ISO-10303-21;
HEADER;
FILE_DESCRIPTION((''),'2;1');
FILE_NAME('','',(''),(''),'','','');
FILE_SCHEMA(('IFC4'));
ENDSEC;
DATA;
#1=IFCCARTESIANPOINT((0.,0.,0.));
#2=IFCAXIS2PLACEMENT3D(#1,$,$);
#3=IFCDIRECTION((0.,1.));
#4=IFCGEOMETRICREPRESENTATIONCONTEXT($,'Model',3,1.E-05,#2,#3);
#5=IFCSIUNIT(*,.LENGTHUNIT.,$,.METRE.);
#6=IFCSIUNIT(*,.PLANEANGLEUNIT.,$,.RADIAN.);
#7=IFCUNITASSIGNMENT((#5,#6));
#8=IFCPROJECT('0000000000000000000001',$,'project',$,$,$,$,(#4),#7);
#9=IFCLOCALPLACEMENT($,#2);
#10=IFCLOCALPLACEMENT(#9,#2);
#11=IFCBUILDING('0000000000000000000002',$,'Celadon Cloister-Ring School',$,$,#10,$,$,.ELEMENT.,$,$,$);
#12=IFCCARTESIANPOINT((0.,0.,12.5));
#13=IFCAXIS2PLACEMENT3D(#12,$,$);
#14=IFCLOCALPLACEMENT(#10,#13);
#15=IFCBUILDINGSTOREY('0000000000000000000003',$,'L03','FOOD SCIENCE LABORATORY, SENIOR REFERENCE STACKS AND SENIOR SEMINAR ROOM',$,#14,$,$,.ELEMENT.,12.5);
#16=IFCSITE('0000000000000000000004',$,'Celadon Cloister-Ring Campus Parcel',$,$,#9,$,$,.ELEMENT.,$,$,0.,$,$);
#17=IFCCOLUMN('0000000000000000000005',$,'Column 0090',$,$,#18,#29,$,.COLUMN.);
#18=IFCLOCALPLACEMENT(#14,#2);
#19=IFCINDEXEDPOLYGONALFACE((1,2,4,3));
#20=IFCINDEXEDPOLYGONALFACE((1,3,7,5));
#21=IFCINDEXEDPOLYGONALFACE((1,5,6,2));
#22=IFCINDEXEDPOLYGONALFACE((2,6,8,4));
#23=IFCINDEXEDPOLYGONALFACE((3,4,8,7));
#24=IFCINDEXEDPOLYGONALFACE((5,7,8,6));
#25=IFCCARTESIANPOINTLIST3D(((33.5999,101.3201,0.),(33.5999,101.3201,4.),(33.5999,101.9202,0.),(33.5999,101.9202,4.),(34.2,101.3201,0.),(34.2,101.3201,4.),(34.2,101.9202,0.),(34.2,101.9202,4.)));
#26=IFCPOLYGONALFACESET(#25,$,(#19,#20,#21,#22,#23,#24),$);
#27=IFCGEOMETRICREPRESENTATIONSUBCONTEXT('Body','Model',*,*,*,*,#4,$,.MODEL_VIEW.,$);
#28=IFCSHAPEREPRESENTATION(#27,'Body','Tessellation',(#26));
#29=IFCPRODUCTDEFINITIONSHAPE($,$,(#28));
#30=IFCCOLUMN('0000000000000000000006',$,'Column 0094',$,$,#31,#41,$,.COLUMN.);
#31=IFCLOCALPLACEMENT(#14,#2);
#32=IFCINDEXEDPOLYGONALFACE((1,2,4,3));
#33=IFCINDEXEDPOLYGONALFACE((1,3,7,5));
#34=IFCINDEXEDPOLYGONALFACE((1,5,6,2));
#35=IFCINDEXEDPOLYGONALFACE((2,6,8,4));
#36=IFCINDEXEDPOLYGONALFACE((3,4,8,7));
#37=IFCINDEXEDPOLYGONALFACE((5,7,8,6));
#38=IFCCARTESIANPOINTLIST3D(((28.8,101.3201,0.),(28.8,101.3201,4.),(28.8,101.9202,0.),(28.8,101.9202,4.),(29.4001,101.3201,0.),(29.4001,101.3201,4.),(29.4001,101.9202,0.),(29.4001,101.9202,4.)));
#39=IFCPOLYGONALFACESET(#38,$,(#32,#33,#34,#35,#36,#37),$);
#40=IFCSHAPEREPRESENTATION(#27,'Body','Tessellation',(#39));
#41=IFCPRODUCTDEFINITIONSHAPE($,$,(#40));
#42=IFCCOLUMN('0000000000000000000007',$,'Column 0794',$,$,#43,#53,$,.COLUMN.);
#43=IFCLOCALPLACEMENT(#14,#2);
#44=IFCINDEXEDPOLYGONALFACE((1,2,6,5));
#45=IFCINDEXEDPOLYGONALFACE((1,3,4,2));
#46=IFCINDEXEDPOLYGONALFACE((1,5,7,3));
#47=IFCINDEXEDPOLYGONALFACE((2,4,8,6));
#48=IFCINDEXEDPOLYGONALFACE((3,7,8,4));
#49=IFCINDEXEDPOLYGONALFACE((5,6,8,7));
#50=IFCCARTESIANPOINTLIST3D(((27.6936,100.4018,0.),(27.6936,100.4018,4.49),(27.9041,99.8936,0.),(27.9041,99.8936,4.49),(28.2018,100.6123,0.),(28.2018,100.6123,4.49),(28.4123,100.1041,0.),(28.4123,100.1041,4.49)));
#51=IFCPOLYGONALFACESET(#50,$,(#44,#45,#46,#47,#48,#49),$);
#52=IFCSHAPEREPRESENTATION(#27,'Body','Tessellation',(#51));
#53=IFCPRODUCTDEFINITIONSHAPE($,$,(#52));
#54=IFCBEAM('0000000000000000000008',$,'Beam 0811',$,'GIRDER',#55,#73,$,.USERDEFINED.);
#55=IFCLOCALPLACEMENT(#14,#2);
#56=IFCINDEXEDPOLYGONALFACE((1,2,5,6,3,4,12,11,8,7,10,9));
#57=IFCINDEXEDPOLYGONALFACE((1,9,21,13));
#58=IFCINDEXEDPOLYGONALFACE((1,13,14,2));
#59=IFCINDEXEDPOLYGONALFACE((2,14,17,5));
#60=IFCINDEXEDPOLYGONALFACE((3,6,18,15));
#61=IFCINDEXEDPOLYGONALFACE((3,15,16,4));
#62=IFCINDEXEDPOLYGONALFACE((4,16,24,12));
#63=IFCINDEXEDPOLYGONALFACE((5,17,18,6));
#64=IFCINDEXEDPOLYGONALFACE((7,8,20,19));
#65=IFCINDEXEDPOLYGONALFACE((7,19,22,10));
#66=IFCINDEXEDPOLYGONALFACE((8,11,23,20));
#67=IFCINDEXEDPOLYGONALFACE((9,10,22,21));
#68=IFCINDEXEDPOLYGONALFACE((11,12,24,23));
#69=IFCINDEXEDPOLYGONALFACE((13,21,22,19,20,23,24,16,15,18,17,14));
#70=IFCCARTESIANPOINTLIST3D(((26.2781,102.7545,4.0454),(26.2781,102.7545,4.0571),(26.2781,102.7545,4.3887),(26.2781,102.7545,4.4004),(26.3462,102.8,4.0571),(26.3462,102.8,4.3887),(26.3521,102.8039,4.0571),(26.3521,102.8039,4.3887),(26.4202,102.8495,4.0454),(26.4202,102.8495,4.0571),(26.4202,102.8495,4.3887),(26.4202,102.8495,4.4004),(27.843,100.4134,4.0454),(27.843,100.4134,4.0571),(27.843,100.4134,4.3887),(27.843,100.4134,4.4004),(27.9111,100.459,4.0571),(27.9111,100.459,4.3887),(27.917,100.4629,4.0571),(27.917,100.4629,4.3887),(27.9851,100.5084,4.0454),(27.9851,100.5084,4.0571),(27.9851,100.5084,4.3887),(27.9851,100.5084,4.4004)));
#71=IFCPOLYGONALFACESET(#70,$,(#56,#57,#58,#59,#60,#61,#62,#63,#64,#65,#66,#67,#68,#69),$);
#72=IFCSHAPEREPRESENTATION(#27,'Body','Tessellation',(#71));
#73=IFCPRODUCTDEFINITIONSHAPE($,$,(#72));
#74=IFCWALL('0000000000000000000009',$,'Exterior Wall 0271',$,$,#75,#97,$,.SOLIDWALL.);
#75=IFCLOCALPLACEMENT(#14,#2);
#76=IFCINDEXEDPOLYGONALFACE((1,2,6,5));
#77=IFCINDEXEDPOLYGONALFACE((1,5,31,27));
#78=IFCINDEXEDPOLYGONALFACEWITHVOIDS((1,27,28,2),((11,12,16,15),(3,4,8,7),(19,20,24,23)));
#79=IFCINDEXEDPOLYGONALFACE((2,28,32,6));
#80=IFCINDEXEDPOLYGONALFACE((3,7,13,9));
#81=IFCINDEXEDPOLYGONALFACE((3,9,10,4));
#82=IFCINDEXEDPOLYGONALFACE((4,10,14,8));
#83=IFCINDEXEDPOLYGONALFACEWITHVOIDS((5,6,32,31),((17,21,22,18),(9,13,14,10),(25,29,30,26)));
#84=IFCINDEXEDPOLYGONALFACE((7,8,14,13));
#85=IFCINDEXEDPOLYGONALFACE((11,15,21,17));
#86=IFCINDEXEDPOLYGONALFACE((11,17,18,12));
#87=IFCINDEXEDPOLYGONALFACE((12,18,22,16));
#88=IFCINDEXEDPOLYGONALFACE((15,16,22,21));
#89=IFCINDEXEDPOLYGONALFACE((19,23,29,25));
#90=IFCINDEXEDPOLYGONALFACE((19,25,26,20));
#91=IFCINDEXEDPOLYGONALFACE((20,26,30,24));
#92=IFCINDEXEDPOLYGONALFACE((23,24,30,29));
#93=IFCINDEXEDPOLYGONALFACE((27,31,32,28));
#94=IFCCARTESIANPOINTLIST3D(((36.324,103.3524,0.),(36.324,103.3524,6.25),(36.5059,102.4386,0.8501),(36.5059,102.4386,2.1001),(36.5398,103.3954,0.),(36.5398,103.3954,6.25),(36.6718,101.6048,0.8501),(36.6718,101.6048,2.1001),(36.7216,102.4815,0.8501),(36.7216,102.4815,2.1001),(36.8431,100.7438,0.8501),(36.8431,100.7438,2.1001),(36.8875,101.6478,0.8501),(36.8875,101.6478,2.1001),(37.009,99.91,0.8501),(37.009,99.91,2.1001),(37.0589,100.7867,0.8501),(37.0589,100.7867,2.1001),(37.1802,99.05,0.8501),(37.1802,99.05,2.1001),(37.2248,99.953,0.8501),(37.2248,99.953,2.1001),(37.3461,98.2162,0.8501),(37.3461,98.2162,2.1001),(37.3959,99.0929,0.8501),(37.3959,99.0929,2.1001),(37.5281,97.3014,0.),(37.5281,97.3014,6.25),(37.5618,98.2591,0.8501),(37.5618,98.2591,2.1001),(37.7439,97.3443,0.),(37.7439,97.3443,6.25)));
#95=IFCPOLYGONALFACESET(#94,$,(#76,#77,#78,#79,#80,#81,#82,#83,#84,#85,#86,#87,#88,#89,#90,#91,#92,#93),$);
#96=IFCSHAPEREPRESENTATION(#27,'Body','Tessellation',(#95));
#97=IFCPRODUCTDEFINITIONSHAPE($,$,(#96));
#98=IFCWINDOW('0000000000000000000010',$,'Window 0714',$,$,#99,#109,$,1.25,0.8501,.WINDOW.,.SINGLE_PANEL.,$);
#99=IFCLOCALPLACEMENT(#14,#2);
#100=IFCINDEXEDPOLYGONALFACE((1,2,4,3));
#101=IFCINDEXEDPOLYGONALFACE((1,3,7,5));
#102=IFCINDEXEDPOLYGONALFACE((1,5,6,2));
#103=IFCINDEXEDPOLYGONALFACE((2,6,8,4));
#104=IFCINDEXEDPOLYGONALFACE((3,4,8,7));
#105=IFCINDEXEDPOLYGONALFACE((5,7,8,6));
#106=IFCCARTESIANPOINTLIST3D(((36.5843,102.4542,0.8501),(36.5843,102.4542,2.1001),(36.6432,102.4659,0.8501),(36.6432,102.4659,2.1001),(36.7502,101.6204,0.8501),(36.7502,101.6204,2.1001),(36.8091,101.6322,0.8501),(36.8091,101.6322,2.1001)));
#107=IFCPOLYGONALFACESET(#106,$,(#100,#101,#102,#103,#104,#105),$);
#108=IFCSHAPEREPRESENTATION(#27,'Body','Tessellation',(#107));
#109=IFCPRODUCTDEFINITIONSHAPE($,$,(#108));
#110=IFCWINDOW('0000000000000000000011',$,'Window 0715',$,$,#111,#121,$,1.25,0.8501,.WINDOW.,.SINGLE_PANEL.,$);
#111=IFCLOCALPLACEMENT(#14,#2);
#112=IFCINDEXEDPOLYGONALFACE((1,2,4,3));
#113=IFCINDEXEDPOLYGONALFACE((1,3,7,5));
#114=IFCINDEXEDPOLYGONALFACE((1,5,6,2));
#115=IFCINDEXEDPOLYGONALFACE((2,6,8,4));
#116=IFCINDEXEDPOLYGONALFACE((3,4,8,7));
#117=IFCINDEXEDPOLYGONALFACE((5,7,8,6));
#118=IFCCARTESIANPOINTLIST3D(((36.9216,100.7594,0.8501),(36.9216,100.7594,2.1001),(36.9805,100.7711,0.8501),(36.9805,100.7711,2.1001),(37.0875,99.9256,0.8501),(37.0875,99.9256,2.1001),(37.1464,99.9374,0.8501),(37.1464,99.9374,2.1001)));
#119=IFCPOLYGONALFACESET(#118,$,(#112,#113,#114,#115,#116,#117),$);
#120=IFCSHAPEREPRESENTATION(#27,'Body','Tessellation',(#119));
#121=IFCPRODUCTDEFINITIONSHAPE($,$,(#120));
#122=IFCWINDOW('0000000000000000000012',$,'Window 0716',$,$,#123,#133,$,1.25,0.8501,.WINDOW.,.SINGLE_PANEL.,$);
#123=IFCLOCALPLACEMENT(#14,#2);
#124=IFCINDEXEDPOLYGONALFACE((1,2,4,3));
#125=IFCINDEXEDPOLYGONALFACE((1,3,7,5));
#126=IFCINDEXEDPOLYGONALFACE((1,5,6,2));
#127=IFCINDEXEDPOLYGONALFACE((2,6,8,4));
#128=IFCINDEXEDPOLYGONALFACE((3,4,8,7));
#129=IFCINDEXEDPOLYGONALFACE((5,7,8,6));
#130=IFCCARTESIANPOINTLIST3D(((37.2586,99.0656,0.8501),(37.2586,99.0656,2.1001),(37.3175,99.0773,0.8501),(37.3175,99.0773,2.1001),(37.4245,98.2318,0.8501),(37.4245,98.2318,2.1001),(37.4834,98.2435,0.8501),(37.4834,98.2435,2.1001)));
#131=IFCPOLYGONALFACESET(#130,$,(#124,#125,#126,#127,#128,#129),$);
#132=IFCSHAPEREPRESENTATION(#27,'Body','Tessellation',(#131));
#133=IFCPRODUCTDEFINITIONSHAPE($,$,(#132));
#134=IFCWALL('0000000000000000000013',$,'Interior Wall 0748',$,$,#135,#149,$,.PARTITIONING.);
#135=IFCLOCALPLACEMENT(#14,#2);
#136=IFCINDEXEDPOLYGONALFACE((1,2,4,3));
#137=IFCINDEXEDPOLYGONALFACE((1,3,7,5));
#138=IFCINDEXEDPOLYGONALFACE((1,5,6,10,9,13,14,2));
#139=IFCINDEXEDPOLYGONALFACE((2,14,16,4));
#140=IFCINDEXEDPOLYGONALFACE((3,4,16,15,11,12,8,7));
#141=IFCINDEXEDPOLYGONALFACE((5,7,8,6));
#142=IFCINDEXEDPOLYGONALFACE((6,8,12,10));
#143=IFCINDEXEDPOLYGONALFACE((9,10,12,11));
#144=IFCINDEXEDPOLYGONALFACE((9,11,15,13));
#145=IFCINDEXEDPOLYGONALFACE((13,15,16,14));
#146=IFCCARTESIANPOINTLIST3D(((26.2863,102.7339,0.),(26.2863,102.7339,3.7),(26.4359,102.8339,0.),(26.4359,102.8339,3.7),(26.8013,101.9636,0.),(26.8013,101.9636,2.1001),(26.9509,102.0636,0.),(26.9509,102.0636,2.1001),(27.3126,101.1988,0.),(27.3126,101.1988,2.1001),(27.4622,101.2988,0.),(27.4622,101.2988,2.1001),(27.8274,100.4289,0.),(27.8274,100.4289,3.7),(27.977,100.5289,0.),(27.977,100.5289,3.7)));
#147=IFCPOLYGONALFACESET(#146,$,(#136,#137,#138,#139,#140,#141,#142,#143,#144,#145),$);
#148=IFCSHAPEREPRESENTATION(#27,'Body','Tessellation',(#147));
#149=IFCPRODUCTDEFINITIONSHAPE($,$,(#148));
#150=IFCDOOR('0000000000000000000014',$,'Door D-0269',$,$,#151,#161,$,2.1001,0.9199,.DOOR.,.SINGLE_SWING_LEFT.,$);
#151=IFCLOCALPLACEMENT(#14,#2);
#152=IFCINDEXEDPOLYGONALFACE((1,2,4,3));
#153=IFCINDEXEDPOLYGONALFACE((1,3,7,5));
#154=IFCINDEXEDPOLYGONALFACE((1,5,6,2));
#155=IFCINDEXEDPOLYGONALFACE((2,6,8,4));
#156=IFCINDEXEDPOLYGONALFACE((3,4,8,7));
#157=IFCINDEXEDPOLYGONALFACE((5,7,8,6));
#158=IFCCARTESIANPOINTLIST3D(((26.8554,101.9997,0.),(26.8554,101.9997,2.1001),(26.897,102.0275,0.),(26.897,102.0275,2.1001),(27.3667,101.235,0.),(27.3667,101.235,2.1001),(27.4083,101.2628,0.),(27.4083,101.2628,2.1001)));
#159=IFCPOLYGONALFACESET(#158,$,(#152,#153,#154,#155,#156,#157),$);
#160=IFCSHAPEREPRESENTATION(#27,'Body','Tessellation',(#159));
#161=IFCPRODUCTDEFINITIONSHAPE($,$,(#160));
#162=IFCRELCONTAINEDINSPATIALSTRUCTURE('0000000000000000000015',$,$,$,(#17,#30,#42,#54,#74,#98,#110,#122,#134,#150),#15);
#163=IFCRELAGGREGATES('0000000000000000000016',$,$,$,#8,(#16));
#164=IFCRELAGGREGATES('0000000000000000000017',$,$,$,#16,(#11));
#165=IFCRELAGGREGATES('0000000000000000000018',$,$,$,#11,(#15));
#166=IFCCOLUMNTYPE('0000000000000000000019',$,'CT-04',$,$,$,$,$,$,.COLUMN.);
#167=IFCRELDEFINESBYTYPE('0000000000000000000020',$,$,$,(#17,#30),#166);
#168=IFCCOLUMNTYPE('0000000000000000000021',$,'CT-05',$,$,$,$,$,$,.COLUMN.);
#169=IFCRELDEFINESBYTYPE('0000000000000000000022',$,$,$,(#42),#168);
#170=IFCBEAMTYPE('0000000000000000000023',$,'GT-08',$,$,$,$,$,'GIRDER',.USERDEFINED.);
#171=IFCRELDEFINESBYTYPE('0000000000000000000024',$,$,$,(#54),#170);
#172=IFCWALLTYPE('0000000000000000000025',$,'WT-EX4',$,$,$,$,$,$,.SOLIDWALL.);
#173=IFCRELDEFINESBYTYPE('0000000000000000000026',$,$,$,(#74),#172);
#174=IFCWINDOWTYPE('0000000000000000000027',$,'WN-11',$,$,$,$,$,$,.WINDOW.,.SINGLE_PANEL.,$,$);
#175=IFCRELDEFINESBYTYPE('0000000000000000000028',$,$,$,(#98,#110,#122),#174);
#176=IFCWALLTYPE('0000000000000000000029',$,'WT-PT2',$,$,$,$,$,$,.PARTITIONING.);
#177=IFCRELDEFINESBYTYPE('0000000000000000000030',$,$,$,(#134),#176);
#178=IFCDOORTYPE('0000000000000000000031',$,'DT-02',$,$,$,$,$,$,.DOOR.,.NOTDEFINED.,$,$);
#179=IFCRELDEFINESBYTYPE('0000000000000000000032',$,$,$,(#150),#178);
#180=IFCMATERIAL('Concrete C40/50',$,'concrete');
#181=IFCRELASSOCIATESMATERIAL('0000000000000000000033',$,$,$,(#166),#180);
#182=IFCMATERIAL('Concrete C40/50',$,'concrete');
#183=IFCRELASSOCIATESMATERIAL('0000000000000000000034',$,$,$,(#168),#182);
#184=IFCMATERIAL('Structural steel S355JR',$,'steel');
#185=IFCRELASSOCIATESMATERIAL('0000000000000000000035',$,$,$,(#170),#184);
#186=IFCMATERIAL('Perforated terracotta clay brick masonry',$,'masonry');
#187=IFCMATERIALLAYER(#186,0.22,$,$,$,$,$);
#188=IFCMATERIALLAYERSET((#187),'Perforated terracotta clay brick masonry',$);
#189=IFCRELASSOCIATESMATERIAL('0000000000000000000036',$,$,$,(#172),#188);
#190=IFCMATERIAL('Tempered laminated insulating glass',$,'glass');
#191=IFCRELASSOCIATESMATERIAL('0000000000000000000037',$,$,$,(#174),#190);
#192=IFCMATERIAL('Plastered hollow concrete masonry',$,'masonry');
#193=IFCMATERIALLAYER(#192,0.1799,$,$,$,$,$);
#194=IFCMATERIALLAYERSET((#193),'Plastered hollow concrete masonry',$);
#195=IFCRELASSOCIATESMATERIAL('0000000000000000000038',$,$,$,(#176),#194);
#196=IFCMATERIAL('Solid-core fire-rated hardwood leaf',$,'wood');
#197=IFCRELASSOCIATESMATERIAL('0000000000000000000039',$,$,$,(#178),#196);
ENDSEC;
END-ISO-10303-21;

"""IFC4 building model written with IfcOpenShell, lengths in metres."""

from ifc_helpers import new_model, si_unit, direction, frame, frame_2d, origin, origin_2d, place, context, subcontext, project, spatial, rectangle, i_section, extrude, material, layer, layer_set, material_profile, profile_set, type_object, element, fill, save


model = new_model("IFC4")

# Units and contexts
model_context = context("Model", 3, precision=1e-05, world=origin(), true_north=direction((0.0, 1.0)))
body_context = subcontext(model_context, "Body", "Model", "MODEL_VIEW")
ifc_project = project(units=[si_unit("LENGTHUNIT", "METRE"), si_unit("PLANEANGLEUNIT", "RADIAN")], contexts=[model_context])

# Site, building, storey
site_placement = place(None, origin())
site = spatial("IfcSite", under=ifc_project, at=site_placement, Name="Celadon Cloister-Ring Campus Parcel", CompositionType="ELEMENT", RefElevation=0.0)
building_placement = place(site_placement, origin())
building = spatial("IfcBuilding", under=site, at=building_placement, Name="Celadon Cloister-Ring School", CompositionType="ELEMENT")
storey_placement = place(building_placement, frame((0.0, 0.0, 12.5)))
storey = spatial("IfcBuildingStorey", under=building, at=storey_placement, Name="L03", Description="FOOD SCIENCE LABORATORY, SENIOR REFERENCE STACKS AND SENIOR SEMINAR ROOM", CompositionType="ELEMENT", Elevation=12.5)

# Columns
ifc_material_1 = material(Name="Concrete C40/50", Category="concrete")
ifc_material_profile_1 = material_profile(ifc_material_1, rectangle(XDim=0.6001, YDim=0.6001, at=origin_2d()), Name="RC600X600")
ifc_profile_set_1 = profile_set([ifc_material_profile_1], Name="Concrete C40/50")
column_type_1 = type_object("IfcColumnType", Name="CT-04", PredefinedType="COLUMN", material=ifc_profile_set_1)
for number, where, z_axis, x_axis, name in (
    (1, (33.8999, 101.6201, 0.0), (0.0, 0.0, 1.0), (1.0, 0.0, 0.0), "Column 0090"),
    (2, (29.1001, 101.6201, 0.0), (0.0, 0.0, 1.0), (1.0, 0.0, 0.0), "Column 0094"),
):
    element("IfcColumn", number, at=place(storey_placement, frame(where, z_axis=z_axis, x_axis=x_axis)), inside=storey, type_object=column_type_1, Name=name, PredefinedType="COLUMN", context=body_context, shape_type="SweptSolid", body=[
        extrude(rectangle(XDim=0.6001, YDim=0.6001, at=origin_2d()), origin(), (0.0, 0.0, 1.0), 4.0),
    ])
ifc_material_2 = material(Name="Concrete C40/50", Category="concrete")
ifc_material_profile_2 = material_profile(ifc_material_2, rectangle(XDim=0.55, YDim=0.55, at=origin_2d()), Name="RC550X550")
ifc_profile_set_2 = profile_set([ifc_material_profile_2], Name="Concrete C40/50")
column_type_2 = type_object("IfcColumnType", Name="CT-05", PredefinedType="COLUMN", material=ifc_profile_set_2)
column_placement = place(storey_placement, frame((28.053, 100.2529, 0.0), z_axis=(0.0, 0.0, 1.0), x_axis=(0.92388, 0.382683, 0.0)))
element("IfcColumn", 3, at=column_placement, inside=storey, type_object=column_type_2, Name="Column 0794", PredefinedType="COLUMN", context=body_context, shape_type="SweptSolid", body=[
    extrude(rectangle(XDim=0.55, YDim=0.55, at=origin_2d()), origin(), (0.0, 0.0, 1.0), 4.49),
])

# Beam
ifc_material_3 = material(Name="Structural steel S355JR", Category="steel")
ifc_material_profile_3 = material_profile(ifc_material_3, i_section(OverallWidth=0.1709, OverallDepth=0.355, WebThickness=0.0071, FlangeThickness=0.0117, at=origin_2d()), Name="W360X51")
ifc_profile_set_3 = profile_set([ifc_material_profile_3], Name="Structural steel S355JR")
beam_type = type_object("IfcBeamType", Name="GT-08", ElementType="GIRDER", PredefinedType="USERDEFINED", material=ifc_profile_set_3)
beam_placement = place(storey_placement, frame((27.9141, 100.4609, 4.2229), z_axis=(-0.55574, 0.831356, 0.0), x_axis=(-0.831356, -0.55574, 0.0)))
element("IfcBeam", 4, at=beam_placement, inside=storey, type_object=beam_type, Name="Beam 0811", ObjectType="GIRDER", PredefinedType="USERDEFINED", context=body_context, shape_type="SweptSolid", body=[
    extrude(i_section(OverallWidth=0.1709, OverallDepth=0.355, WebThickness=0.0071, FlangeThickness=0.0117, at=origin_2d()), origin(), (0.0, 0.0, 1.0), 2.8159),
])

# Wall, openings, windows
ifc_material_4 = material(Name="Perforated terracotta clay brick masonry", Category="masonry")
ifc_layer_1 = layer(ifc_material_4, 0.22)
ifc_layer_set_1 = layer_set([ifc_layer_1], Name="Perforated terracotta clay brick masonry")
wall_type_1 = type_object("IfcWallType", Name="WT-EX4", PredefinedType="SOLIDWALL", material=ifc_layer_set_1)
wall_1_placement = place(storey_placement, frame((36.4319, 103.374, 0.0), z_axis=(0.0, 0.0, 1.0), x_axis=(0.195165, -0.98077, 0.0)))
wall_1 = element("IfcWall", 5, at=wall_1_placement, inside=storey, type_object=wall_type_1, Name="Exterior Wall 0271", PredefinedType="SOLIDWALL", context=body_context, shape_type="SweptSolid", body=[
    extrude(rectangle(XDim=6.1697, YDim=0.22, at=frame_2d((3.085, 0.0))), origin(), (0.0, 0.0, 1.0), 6.25),
])
opening_1_placement = place(wall_1_placement, frame((0.9319, 0.0, 0.8501)))
opening_1 = element("IfcOpeningElement", 6, at=opening_1_placement, cuts=wall_1, PredefinedType="OPENING", context=body_context, shape_type="SweptSolid", body=[
    extrude(rectangle(XDim=0.8501, YDim=1.25, at=frame_2d((0.425, 0.625))), frame((0.0, 0.1201, 0.0), z_axis=(0.0, -1.0, 0.0), x_axis=(1.0, 0.0, 0.0)), (0.0, 0.0, 1.0), 0.24),
])
opening_2_placement = place(wall_1_placement, frame((2.6599, 0.0, 0.8501)))
opening_2 = element("IfcOpeningElement", 7, at=opening_2_placement, cuts=wall_1, PredefinedType="OPENING", context=body_context, shape_type="SweptSolid", body=[
    extrude(rectangle(XDim=0.8501, YDim=1.25, at=frame_2d((0.425, 0.625))), frame((0.0, 0.1201, 0.0), z_axis=(0.0, -1.0, 0.0), x_axis=(1.0, 0.0, 0.0)), (0.0, 0.0, 1.0), 0.24),
])
opening_3_placement = place(wall_1_placement, frame((4.387, 0.0, 0.8501)))
opening_3 = element("IfcOpeningElement", 8, at=opening_3_placement, cuts=wall_1, PredefinedType="OPENING", context=body_context, shape_type="SweptSolid", body=[
    extrude(rectangle(XDim=0.8501, YDim=1.25, at=frame_2d((0.425, 0.625))), frame((0.0, 0.1201, 0.0), z_axis=(0.0, -1.0, 0.0), x_axis=(1.0, 0.0, 0.0)), (0.0, 0.0, 1.0), 0.24),
])
ifc_material_5 = material(Name="Tempered laminated insulating glass", Category="glass")
window_type = type_object("IfcWindowType", Name="WN-11", PartitioningType="SINGLE_PANEL", PredefinedType="WINDOW", material=ifc_material_5)
window_1_placement = place(opening_1_placement, origin())
window_1 = element("IfcWindow", 9, at=window_1_placement, inside=storey, type_object=window_type, Name="Window 0714", OverallHeight=1.25, OverallWidth=0.8501, PartitioningType="SINGLE_PANEL", PredefinedType="WINDOW", context=body_context, shape_type="SweptSolid", body=[
    extrude(rectangle(XDim=0.8501, YDim=1.25, at=frame_2d((0.425, 0.625))), frame((0.0, 0.03, 0.0), z_axis=(0.0, -1.0, 0.0), x_axis=(1.0, 0.0, 0.0)), (0.0, 0.0, 1.0), 0.0601),
])
fill(opening_1, window_1)
window_2_placement = place(opening_2_placement, origin())
window_2 = element("IfcWindow", 10, at=window_2_placement, inside=storey, type_object=window_type, Name="Window 0715", OverallHeight=1.25, OverallWidth=0.8501, PartitioningType="SINGLE_PANEL", PredefinedType="WINDOW", context=body_context, shape_type="SweptSolid", body=[
    extrude(rectangle(XDim=0.8501, YDim=1.25, at=frame_2d((0.425, 0.625))), frame((0.0, 0.03, 0.0), z_axis=(0.0, -1.0, 0.0), x_axis=(1.0, 0.0, 0.0)), (0.0, 0.0, 1.0), 0.0601),
])
fill(opening_2, window_2)
window_3_placement = place(opening_3_placement, origin())
window_3 = element("IfcWindow", 11, at=window_3_placement, inside=storey, type_object=window_type, Name="Window 0716", OverallHeight=1.25, OverallWidth=0.8501, PartitioningType="SINGLE_PANEL", PredefinedType="WINDOW", context=body_context, shape_type="SweptSolid", body=[
    extrude(rectangle(XDim=0.8501, YDim=1.25, at=frame_2d((0.425, 0.625))), frame((0.0, 0.03, 0.0), z_axis=(0.0, -1.0, 0.0), x_axis=(1.0, 0.0, 0.0)), (0.0, 0.0, 1.0), 0.0601),
])
fill(opening_3, window_3)

# Wall, opening, door
ifc_material_6 = material(Name="Plastered hollow concrete masonry", Category="masonry")
ifc_layer_2 = layer(ifc_material_6, 0.1799)
ifc_layer_set_2 = layer_set([ifc_layer_2], Name="Plastered hollow concrete masonry")
wall_type_2 = type_object("IfcWallType", Name="WT-PT2", PredefinedType="PARTITIONING", material=ifc_layer_set_2)
wall_2_placement = place(storey_placement, frame((27.9021, 100.479, 0.0), z_axis=(0.0, 0.0, 1.0), x_axis=(-0.555797, 0.831318, 0.0)))
wall_2 = element("IfcWall", 12, at=wall_2_placement, inside=storey, type_object=wall_type_2, Name="Interior Wall 0748", PredefinedType="PARTITIONING", context=body_context, shape_type="SweptSolid", body=[
    extrude(rectangle(XDim=2.7727, YDim=0.1799, at=frame_2d((1.3862, 0.0))), origin(), (0.0, 0.0, 1.0), 3.7),
])
opening_4_placement = place(wall_2_placement, frame((0.926, 0.0, 0.0)))
opening_4 = element("IfcOpeningElement", 13, at=opening_4_placement, cuts=wall_2, PredefinedType="OPENING", context=body_context, shape_type="SweptSolid", body=[
    extrude(rectangle(XDim=0.9199, YDim=2.1001, at=frame_2d((0.46, 1.05))), frame((0.0, 0.1001, 0.0), z_axis=(0.0, -1.0, 0.0), x_axis=(1.0, 0.0, 0.0)), (0.0, 0.0, 1.0), 0.2),
])
ifc_material_7 = material(Name="Solid-core fire-rated hardwood leaf", Category="wood")
door_type = type_object("IfcDoorType", Name="DT-02", OperationType="NOTDEFINED", PredefinedType="DOOR", material=ifc_material_7)
door_placement = place(opening_4_placement, origin())
door = element("IfcDoor", 14, at=door_placement, inside=storey, type_object=door_type, Name="Door D-0269", OperationType="SINGLE_SWING_LEFT", OverallHeight=2.1001, OverallWidth=0.9199, PredefinedType="DOOR", context=body_context, shape_type="SweptSolid", body=[
    extrude(rectangle(XDim=0.9199, YDim=2.1001, at=frame_2d((0.46, 1.05))), frame((0.0, 0.0249, 0.0), z_axis=(0.0, -1.0, 0.0), x_axis=(1.0, 0.0, 0.0)), (0.0, 0.0, 1.0), 0.05),
])
fill(opening_4, door)

save(model, "model.ifc")
